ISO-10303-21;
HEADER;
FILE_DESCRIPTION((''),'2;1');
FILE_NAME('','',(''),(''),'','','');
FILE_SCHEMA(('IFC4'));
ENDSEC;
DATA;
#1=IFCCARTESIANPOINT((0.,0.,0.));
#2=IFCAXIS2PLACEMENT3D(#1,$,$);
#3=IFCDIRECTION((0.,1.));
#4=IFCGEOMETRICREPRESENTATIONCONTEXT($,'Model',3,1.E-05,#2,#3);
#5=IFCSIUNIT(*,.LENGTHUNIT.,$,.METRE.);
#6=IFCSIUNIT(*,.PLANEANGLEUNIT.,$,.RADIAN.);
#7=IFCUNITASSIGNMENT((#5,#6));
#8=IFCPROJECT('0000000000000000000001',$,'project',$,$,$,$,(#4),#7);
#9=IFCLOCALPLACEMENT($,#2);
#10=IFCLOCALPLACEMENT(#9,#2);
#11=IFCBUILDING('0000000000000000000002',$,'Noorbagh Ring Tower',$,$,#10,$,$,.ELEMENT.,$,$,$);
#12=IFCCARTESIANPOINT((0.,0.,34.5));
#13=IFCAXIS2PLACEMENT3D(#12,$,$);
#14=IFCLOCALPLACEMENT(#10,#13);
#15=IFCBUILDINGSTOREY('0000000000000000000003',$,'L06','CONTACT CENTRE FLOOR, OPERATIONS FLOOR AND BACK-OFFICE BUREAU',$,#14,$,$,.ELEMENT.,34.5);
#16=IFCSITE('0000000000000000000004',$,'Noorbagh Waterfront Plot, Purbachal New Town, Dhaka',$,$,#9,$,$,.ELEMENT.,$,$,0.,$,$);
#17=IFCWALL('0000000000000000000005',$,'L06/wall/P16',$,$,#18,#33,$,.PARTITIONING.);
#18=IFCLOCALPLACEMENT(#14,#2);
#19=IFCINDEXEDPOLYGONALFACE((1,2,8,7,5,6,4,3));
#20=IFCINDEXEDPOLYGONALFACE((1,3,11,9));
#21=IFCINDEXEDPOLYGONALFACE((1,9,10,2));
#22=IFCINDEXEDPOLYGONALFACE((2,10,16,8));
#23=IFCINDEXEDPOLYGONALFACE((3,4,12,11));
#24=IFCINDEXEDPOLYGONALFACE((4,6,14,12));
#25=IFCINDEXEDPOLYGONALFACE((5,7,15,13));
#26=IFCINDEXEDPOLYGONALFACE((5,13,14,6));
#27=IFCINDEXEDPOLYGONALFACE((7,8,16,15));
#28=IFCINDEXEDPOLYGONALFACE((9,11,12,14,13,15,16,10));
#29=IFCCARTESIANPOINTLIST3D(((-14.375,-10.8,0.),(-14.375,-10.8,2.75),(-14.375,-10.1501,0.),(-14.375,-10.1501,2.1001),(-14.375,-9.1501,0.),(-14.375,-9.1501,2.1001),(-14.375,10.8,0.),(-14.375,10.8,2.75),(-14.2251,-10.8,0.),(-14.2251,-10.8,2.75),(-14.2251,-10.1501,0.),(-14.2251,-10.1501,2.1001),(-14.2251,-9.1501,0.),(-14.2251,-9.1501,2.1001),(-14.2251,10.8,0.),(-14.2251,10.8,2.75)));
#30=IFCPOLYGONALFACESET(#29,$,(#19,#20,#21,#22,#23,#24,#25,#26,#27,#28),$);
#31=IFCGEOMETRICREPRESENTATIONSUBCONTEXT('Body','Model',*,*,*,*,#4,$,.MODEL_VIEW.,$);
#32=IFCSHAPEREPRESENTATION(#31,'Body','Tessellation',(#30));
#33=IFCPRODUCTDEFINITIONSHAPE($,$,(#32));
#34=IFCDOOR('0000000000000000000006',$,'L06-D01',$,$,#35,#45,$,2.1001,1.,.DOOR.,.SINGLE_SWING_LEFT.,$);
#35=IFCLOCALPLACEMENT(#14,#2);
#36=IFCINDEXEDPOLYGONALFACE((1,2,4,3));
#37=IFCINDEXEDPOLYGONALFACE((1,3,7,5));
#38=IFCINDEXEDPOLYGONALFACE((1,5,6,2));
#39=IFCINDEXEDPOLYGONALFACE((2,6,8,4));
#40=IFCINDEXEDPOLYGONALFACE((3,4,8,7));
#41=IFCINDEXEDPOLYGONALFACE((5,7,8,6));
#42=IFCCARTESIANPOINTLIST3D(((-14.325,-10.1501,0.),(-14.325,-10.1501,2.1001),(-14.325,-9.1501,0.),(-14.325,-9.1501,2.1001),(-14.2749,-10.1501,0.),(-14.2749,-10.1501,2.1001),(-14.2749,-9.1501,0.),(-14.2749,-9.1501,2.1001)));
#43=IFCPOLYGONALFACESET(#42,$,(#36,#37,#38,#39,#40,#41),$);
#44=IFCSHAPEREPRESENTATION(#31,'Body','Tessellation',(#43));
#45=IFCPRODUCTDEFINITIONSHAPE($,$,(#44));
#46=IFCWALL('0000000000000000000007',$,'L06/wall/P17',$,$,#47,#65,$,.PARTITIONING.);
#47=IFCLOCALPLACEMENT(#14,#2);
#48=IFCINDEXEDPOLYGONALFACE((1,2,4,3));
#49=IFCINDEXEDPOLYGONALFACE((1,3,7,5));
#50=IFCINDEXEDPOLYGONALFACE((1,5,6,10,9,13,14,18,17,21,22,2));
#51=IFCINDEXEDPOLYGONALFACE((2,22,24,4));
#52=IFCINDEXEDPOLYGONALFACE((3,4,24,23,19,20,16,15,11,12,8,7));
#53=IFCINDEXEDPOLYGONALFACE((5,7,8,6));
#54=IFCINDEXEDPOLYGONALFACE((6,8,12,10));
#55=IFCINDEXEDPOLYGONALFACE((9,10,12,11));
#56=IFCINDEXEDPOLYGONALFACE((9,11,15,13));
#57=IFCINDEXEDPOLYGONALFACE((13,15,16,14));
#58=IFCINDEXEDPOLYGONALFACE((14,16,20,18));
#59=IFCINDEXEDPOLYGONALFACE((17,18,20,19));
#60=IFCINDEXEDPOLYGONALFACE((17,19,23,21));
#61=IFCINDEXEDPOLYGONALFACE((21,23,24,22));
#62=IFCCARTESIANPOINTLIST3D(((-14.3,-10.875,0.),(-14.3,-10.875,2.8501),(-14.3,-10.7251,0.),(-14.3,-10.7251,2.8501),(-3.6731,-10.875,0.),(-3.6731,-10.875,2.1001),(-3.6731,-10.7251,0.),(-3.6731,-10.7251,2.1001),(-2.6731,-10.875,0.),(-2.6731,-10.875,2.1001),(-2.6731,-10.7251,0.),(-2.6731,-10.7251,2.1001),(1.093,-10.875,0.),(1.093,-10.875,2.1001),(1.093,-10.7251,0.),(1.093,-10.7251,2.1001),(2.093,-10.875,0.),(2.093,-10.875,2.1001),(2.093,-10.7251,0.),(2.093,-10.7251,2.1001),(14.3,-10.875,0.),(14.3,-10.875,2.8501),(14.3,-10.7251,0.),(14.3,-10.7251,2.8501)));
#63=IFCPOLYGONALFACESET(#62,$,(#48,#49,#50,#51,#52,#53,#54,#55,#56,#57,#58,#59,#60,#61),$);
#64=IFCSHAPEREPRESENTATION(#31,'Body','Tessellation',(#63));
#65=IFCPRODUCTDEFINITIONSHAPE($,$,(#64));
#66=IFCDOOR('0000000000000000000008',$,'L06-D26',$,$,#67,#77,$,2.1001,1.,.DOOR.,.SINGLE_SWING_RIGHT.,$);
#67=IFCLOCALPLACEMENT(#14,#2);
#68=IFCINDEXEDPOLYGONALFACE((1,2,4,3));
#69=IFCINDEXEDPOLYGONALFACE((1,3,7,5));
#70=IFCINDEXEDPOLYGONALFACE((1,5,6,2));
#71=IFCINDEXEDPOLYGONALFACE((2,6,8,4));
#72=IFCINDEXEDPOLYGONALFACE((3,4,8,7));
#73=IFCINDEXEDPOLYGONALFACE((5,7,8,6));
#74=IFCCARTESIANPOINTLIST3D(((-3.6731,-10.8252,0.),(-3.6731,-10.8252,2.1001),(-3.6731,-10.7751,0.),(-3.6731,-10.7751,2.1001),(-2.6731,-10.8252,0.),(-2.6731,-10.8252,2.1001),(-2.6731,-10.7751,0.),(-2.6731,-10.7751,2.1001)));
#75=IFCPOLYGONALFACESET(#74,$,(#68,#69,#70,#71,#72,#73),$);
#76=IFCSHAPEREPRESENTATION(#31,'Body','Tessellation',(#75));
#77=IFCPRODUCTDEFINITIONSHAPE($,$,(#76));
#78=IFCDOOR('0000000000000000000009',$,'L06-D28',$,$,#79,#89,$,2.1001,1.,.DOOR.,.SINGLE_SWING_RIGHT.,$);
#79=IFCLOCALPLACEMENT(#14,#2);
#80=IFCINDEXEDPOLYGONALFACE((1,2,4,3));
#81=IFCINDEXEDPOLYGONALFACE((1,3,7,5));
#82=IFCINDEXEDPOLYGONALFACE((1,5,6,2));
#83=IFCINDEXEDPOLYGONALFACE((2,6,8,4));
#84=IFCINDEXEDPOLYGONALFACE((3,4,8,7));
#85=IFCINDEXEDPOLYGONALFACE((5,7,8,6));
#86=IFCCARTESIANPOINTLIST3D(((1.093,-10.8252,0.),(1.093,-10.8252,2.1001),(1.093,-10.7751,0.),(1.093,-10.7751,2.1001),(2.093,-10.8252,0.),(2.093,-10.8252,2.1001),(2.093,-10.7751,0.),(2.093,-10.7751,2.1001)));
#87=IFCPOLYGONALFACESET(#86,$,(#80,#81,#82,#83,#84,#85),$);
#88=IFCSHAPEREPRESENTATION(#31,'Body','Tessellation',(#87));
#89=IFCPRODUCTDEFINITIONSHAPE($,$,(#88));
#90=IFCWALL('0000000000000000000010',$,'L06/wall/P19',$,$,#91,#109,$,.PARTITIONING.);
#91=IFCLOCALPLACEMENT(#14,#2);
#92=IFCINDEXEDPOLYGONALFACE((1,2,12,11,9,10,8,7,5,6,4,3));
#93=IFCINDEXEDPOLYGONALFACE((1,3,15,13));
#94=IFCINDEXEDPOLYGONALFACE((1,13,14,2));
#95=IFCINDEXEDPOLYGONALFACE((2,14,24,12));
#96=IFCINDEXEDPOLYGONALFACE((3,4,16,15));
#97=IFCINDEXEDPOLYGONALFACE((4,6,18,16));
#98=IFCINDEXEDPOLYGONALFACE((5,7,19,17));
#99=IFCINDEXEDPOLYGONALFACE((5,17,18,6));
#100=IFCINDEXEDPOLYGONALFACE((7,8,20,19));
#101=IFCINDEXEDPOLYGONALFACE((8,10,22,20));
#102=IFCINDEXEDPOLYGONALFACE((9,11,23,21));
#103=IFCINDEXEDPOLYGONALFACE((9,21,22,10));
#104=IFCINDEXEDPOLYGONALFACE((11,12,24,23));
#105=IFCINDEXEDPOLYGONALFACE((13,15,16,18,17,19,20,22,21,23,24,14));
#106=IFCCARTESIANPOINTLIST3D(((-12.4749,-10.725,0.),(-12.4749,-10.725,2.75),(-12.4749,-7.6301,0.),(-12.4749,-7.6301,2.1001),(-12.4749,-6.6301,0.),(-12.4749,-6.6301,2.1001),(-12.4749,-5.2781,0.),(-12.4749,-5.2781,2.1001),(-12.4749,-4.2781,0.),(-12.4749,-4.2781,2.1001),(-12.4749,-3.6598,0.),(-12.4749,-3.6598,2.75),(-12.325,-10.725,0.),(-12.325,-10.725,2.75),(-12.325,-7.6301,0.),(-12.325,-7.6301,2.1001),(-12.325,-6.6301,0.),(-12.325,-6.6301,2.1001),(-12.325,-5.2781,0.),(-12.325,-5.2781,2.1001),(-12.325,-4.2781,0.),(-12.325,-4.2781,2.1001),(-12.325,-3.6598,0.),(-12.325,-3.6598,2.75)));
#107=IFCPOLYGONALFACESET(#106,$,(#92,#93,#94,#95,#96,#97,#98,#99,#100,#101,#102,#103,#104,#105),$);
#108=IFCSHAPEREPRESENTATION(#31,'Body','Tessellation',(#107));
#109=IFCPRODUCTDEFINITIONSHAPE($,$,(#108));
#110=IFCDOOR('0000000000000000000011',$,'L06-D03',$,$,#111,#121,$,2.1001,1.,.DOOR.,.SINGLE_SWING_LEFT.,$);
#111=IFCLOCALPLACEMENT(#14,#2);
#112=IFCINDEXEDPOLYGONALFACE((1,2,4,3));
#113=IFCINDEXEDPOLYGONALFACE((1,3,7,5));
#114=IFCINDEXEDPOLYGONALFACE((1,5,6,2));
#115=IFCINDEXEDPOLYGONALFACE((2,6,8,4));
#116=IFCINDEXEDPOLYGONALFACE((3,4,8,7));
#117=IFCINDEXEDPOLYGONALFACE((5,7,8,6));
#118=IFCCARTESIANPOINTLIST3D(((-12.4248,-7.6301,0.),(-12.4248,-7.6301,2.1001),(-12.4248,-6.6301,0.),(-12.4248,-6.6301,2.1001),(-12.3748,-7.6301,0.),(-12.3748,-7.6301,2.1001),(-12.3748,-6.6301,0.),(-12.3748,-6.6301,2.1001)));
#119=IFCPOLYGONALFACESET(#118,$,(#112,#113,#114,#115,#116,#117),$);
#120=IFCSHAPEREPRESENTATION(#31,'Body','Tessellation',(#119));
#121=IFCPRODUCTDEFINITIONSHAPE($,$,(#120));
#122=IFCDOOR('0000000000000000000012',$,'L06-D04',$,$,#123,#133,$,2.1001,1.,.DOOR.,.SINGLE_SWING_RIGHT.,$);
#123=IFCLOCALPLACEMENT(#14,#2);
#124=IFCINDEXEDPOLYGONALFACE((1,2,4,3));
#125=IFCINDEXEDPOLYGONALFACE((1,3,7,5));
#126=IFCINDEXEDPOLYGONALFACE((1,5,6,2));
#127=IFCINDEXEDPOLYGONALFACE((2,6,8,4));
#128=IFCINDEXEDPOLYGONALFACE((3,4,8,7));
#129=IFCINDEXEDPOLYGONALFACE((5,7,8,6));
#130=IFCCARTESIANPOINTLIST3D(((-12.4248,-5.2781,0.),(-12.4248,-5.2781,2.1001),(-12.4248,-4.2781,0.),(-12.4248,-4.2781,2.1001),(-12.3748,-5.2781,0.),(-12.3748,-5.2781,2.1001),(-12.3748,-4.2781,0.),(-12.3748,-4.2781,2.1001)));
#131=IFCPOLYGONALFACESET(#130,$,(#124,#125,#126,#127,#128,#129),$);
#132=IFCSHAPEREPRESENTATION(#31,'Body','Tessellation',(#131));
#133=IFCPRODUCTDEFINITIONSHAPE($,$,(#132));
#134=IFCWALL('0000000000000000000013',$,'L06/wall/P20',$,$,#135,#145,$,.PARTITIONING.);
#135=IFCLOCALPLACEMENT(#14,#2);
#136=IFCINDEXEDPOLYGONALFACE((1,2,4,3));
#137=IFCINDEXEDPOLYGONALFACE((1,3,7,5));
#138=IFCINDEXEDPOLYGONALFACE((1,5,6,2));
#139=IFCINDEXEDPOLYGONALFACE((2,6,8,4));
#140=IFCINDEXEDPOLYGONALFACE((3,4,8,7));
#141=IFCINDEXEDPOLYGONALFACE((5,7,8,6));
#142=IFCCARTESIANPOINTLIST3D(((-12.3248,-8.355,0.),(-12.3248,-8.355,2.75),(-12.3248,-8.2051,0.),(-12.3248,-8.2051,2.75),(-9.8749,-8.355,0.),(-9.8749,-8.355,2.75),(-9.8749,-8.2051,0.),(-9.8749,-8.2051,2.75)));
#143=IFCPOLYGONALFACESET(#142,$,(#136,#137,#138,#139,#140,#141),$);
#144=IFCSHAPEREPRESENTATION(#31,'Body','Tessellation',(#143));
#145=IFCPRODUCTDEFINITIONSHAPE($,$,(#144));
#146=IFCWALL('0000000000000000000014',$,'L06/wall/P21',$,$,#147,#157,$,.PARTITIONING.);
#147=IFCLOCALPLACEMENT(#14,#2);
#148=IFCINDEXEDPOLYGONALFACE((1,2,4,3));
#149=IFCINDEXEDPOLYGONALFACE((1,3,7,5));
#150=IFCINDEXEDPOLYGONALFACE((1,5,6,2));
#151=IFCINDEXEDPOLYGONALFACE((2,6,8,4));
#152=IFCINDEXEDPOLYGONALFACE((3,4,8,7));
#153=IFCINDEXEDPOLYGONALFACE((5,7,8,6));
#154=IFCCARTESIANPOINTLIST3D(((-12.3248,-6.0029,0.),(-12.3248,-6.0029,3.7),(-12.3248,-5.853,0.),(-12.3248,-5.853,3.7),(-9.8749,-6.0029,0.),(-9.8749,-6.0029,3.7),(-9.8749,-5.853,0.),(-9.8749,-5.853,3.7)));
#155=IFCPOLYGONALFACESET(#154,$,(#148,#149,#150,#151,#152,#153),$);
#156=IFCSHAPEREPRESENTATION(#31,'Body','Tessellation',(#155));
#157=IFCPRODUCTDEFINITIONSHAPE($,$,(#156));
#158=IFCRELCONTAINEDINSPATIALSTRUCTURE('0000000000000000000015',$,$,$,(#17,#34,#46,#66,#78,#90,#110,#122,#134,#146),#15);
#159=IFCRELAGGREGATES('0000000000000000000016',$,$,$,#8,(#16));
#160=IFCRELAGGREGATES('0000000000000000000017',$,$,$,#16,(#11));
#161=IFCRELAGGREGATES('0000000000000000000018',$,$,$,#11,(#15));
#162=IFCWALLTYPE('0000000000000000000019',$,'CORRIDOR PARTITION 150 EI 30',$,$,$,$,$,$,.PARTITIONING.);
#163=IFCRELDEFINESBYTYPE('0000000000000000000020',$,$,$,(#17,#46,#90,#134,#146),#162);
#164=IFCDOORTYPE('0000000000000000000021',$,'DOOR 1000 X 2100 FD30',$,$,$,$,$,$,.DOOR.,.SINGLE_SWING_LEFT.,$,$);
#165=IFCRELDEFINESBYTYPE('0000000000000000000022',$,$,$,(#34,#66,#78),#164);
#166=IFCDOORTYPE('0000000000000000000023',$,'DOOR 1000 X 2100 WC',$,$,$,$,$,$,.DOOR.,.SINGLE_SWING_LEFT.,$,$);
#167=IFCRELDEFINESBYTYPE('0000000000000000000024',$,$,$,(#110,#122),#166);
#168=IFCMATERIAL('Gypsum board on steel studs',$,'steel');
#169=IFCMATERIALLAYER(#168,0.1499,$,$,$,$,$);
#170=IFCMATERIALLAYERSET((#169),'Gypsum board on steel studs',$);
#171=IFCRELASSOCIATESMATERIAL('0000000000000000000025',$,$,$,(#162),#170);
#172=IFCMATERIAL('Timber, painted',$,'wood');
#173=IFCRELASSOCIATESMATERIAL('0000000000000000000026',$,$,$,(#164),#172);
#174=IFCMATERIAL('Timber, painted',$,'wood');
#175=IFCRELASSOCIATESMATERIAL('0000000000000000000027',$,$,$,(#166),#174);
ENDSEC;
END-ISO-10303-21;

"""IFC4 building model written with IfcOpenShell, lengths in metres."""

from ifc_helpers import new_model, si_unit, direction, frame, frame_2d, origin, place, context, subcontext, project, spatial, rectangle, extrude, material, layer, layer_set, type_object, element, fill, save


model = new_model("IFC4")

# Units and contexts
model_context = context("Model", 3, precision=1e-05, world=origin(), true_north=direction((0.0, 1.0)))
body_context = subcontext(model_context, "Body", "Model", "MODEL_VIEW")
ifc_project = project(units=[si_unit("LENGTHUNIT", "METRE"), si_unit("PLANEANGLEUNIT", "RADIAN")], contexts=[model_context])

# Site, building, storey
site_placement = place(None, origin())
site = spatial("IfcSite", under=ifc_project, at=site_placement, Name="Noorbagh Waterfront Plot, Purbachal New Town, Dhaka", CompositionType="ELEMENT", RefElevation=0.0)
building_placement = place(site_placement, origin())
building = spatial("IfcBuilding", under=site, at=building_placement, Name="Noorbagh Ring Tower", CompositionType="ELEMENT")
storey_placement = place(building_placement, frame((0.0, 0.0, 34.5)))
storey = spatial("IfcBuildingStorey", under=building, at=storey_placement, Name="L06", Description="CONTACT CENTRE FLOOR, OPERATIONS FLOOR AND BACK-OFFICE BUREAU", CompositionType="ELEMENT", Elevation=34.5)

# Shared definitions
ifc_material_1 = material(Name="Gypsum board on steel studs", Category="steel")
ifc_layer_1 = layer(ifc_material_1, 0.1499)
ifc_layer_set_1 = layer_set([ifc_layer_1], Name="Gypsum board on steel studs")
wall_type_1 = type_object("IfcWallType", Name="CORRIDOR PARTITION 150 EI 30", PredefinedType="PARTITIONING", material=ifc_layer_set_1)

# Wall, opening, door
ifc_material_2 = material(Name="Timber, painted", Category="wood")
door_type_1 = type_object("IfcDoorType", Name="DOOR 1000 X 2100 FD30", OperationType="SINGLE_SWING_LEFT", PredefinedType="DOOR", material=ifc_material_2)
wall_1_placement = place(storey_placement, frame((-14.3, -10.8, 0.0), z_axis=(0.0, 0.0, 1.0), x_axis=(0.0, 1.0, 0.0)))
wall_1 = element("IfcWall", 1, at=wall_1_placement, inside=storey, type_object=wall_type_1, Name="L06/wall/P16", PredefinedType="PARTITIONING", context=body_context, shape_type="SweptSolid", body=[
    extrude(rectangle(XDim=21.6001, YDim=0.1499, at=frame_2d((10.8, 0.0))), origin(), (0.0, 0.0, 1.0), 2.75),
])
opening_1_placement = place(wall_1_placement, frame((0.6499, 0.0, 0.0)))
opening_1 = element("IfcOpeningElement", 2, at=opening_1_placement, cuts=wall_1, PredefinedType="OPENING", context=body_context, shape_type="SweptSolid", body=[
    extrude(rectangle(XDim=1.0, YDim=2.1001, at=frame_2d((0.5, 1.05))), frame((0.0, 0.085, 0.0), z_axis=(0.0, -1.0, 0.0), x_axis=(1.0, 0.0, 0.0)), (0.0, 0.0, 1.0), 0.1699),
])
door_1_placement = place(opening_1_placement, origin())
door_1 = element("IfcDoor", 3, at=door_1_placement, inside=storey, type_object=door_type_1, Name="L06-D01", OperationType="SINGLE_SWING_LEFT", OverallHeight=2.1001, OverallWidth=1.0, PredefinedType="DOOR", context=body_context, shape_type="SweptSolid", body=[
    extrude(rectangle(XDim=1.0, YDim=2.1001, at=frame_2d((0.5, 1.05))), frame((0.0, 0.0249, 0.0), z_axis=(0.0, -1.0, 0.0), x_axis=(1.0, 0.0, 0.0)), (0.0, 0.0, 1.0), 0.05),
])
fill(opening_1, door_1)

# Walls, openings, doors
wall_2_placement = place(storey_placement, frame((-14.3, -10.8, 0.0), z_axis=(0.0, 0.0, 1.0), x_axis=(1.0, 0.0, 0.0)))
wall_2 = element("IfcWall", 4, at=wall_2_placement, inside=storey, type_object=wall_type_1, Name="L06/wall/P17", PredefinedType="PARTITIONING", context=body_context, shape_type="SweptSolid", body=[
    extrude(rectangle(XDim=28.6001, YDim=0.1499, at=frame_2d((14.3, 0.0))), origin(), (0.0, 0.0, 1.0), 2.8501),
])
opening_2_placement = place(wall_2_placement, frame((10.627, 0.0, 0.0)))
opening_2 = element("IfcOpeningElement", 5, at=opening_2_placement, cuts=wall_2, PredefinedType="OPENING", context=body_context, shape_type="SweptSolid", body=[
    extrude(rectangle(XDim=1.0, YDim=2.1001, at=frame_2d((0.5, 1.05))), frame((0.0, 0.085, 0.0), z_axis=(0.0, -1.0, 0.0), x_axis=(1.0, 0.0, 0.0)), (0.0, 0.0, 1.0), 0.1699),
])
opening_3_placement = place(wall_2_placement, frame((15.3931, 0.0, 0.0)))
opening_3 = element("IfcOpeningElement", 6, at=opening_3_placement, cuts=wall_2, PredefinedType="OPENING", context=body_context, shape_type="SweptSolid", body=[
    extrude(rectangle(XDim=1.0, YDim=2.1001, at=frame_2d((0.5, 1.05))), frame((0.0, 0.085, 0.0), z_axis=(0.0, -1.0, 0.0), x_axis=(1.0, 0.0, 0.0)), (0.0, 0.0, 1.0), 0.1699),
])
door_2_placement = place(opening_2_placement, origin())
door_2 = element("IfcDoor", 7, at=door_2_placement, inside=storey, type_object=door_type_1, Name="L06-D26", OperationType="SINGLE_SWING_RIGHT", OverallHeight=2.1001, OverallWidth=1.0, PredefinedType="DOOR", context=body_context, shape_type="SweptSolid", body=[
    extrude(rectangle(XDim=1.0, YDim=2.1001, at=frame_2d((0.5, 1.05))), frame((0.0, 0.0249, 0.0), z_axis=(0.0, -1.0, 0.0), x_axis=(1.0, 0.0, 0.0)), (0.0, 0.0, 1.0), 0.05),
])
fill(opening_2, door_2)
door_3_placement = place(opening_3_placement, origin())
door_3 = element("IfcDoor", 8, at=door_3_placement, inside=storey, type_object=door_type_1, Name="L06-D28", OperationType="SINGLE_SWING_RIGHT", OverallHeight=2.1001, OverallWidth=1.0, PredefinedType="DOOR", context=body_context, shape_type="SweptSolid", body=[
    extrude(rectangle(XDim=1.0, YDim=2.1001, at=frame_2d((0.5, 1.05))), frame((0.0, 0.0249, 0.0), z_axis=(0.0, -1.0, 0.0), x_axis=(1.0, 0.0, 0.0)), (0.0, 0.0, 1.0), 0.05),
])
fill(opening_3, door_3)
wall_3_placement = place(storey_placement, frame((-12.3999, -10.7251, 0.0), z_axis=(0.0, 0.0, 1.0), x_axis=(0.0, 1.0, 0.0)))
wall_3 = element("IfcWall", 9, at=wall_3_placement, inside=storey, type_object=wall_type_1, Name="L06/wall/P19", PredefinedType="PARTITIONING", context=body_context, shape_type="SweptSolid", body=[
    extrude(rectangle(XDim=7.0652, YDim=0.1499, at=frame_2d((3.5327, 0.0))), origin(), (0.0, 0.0, 1.0), 2.75),
])
opening_4_placement = place(wall_3_placement, frame((3.095, 0.0, 0.0)))
opening_4 = element("IfcOpeningElement", 10, at=opening_4_placement, cuts=wall_3, PredefinedType="OPENING", context=body_context, shape_type="SweptSolid", body=[
    extrude(rectangle(XDim=1.0, YDim=2.1001, at=frame_2d((0.5, 1.05))), frame((0.0, 0.085, 0.0), z_axis=(0.0, -1.0, 0.0), x_axis=(1.0, 0.0, 0.0)), (0.0, 0.0, 1.0), 0.1699),
])
opening_5_placement = place(wall_3_placement, frame((5.447, 0.0, 0.0)))
opening_5 = element("IfcOpeningElement", 11, at=opening_5_placement, cuts=wall_3, PredefinedType="OPENING", context=body_context, shape_type="SweptSolid", body=[
    extrude(rectangle(XDim=1.0, YDim=2.1001, at=frame_2d((0.5, 1.05))), frame((0.0, 0.085, 0.0), z_axis=(0.0, -1.0, 0.0), x_axis=(1.0, 0.0, 0.0)), (0.0, 0.0, 1.0), 0.1699),
])
ifc_material_3 = material(Name="Timber, painted", Category="wood")
door_type_2 = type_object("IfcDoorType", Name="DOOR 1000 X 2100 WC", OperationType="SINGLE_SWING_LEFT", PredefinedType="DOOR", material=ifc_material_3)
door_4_placement = place(opening_4_placement, origin())
door_4 = element("IfcDoor", 12, at=door_4_placement, inside=storey, type_object=door_type_2, Name="L06-D03", OperationType="SINGLE_SWING_LEFT", OverallHeight=2.1001, OverallWidth=1.0, PredefinedType="DOOR", context=body_context, shape_type="SweptSolid", body=[
    extrude(rectangle(XDim=1.0, YDim=2.1001, at=frame_2d((0.5, 1.05))), frame((0.0, 0.0249, 0.0), z_axis=(0.0, -1.0, 0.0), x_axis=(1.0, 0.0, 0.0)), (0.0, 0.0, 1.0), 0.05),
])
fill(opening_4, door_4)
door_5_placement = place(opening_5_placement, origin())
door_5 = element("IfcDoor", 13, at=door_5_placement, inside=storey, type_object=door_type_2, Name="L06-D04", OperationType="SINGLE_SWING_RIGHT", OverallHeight=2.1001, OverallWidth=1.0, PredefinedType="DOOR", context=body_context, shape_type="SweptSolid", body=[
    extrude(rectangle(XDim=1.0, YDim=2.1001, at=frame_2d((0.5, 1.05))), frame((0.0, 0.0249, 0.0), z_axis=(0.0, -1.0, 0.0), x_axis=(1.0, 0.0, 0.0)), (0.0, 0.0, 1.0), 0.05),
])
fill(opening_5, door_5)

# Walls
wall_4_placement = place(storey_placement, frame((-12.325, -8.28, 0.0), z_axis=(0.0, 0.0, 1.0), x_axis=(1.0, 0.0, 0.0)))
element("IfcWall", 14, at=wall_4_placement, inside=storey, type_object=wall_type_1, Name="L06/wall/P20", PredefinedType="PARTITIONING", context=body_context, shape_type="SweptSolid", body=[
    extrude(rectangle(XDim=2.45, YDim=0.1499, at=frame_2d((1.2251, 0.0))), origin(), (0.0, 0.0, 1.0), 2.75),
])
wall_5_placement = place(storey_placement, frame((-12.325, -5.928, 0.0), z_axis=(0.0, 0.0, 1.0), x_axis=(1.0, 0.0, 0.0)))
element("IfcWall", 15, at=wall_5_placement, inside=storey, type_object=wall_type_1, Name="L06/wall/P21", PredefinedType="PARTITIONING", context=body_context, shape_type="SweptSolid", body=[
    extrude(rectangle(XDim=2.45, YDim=0.1499, at=frame_2d((1.2251, 0.0))), origin(), (0.0, 0.0, 1.0), 3.7),
])

save(model, "model.ifc")
